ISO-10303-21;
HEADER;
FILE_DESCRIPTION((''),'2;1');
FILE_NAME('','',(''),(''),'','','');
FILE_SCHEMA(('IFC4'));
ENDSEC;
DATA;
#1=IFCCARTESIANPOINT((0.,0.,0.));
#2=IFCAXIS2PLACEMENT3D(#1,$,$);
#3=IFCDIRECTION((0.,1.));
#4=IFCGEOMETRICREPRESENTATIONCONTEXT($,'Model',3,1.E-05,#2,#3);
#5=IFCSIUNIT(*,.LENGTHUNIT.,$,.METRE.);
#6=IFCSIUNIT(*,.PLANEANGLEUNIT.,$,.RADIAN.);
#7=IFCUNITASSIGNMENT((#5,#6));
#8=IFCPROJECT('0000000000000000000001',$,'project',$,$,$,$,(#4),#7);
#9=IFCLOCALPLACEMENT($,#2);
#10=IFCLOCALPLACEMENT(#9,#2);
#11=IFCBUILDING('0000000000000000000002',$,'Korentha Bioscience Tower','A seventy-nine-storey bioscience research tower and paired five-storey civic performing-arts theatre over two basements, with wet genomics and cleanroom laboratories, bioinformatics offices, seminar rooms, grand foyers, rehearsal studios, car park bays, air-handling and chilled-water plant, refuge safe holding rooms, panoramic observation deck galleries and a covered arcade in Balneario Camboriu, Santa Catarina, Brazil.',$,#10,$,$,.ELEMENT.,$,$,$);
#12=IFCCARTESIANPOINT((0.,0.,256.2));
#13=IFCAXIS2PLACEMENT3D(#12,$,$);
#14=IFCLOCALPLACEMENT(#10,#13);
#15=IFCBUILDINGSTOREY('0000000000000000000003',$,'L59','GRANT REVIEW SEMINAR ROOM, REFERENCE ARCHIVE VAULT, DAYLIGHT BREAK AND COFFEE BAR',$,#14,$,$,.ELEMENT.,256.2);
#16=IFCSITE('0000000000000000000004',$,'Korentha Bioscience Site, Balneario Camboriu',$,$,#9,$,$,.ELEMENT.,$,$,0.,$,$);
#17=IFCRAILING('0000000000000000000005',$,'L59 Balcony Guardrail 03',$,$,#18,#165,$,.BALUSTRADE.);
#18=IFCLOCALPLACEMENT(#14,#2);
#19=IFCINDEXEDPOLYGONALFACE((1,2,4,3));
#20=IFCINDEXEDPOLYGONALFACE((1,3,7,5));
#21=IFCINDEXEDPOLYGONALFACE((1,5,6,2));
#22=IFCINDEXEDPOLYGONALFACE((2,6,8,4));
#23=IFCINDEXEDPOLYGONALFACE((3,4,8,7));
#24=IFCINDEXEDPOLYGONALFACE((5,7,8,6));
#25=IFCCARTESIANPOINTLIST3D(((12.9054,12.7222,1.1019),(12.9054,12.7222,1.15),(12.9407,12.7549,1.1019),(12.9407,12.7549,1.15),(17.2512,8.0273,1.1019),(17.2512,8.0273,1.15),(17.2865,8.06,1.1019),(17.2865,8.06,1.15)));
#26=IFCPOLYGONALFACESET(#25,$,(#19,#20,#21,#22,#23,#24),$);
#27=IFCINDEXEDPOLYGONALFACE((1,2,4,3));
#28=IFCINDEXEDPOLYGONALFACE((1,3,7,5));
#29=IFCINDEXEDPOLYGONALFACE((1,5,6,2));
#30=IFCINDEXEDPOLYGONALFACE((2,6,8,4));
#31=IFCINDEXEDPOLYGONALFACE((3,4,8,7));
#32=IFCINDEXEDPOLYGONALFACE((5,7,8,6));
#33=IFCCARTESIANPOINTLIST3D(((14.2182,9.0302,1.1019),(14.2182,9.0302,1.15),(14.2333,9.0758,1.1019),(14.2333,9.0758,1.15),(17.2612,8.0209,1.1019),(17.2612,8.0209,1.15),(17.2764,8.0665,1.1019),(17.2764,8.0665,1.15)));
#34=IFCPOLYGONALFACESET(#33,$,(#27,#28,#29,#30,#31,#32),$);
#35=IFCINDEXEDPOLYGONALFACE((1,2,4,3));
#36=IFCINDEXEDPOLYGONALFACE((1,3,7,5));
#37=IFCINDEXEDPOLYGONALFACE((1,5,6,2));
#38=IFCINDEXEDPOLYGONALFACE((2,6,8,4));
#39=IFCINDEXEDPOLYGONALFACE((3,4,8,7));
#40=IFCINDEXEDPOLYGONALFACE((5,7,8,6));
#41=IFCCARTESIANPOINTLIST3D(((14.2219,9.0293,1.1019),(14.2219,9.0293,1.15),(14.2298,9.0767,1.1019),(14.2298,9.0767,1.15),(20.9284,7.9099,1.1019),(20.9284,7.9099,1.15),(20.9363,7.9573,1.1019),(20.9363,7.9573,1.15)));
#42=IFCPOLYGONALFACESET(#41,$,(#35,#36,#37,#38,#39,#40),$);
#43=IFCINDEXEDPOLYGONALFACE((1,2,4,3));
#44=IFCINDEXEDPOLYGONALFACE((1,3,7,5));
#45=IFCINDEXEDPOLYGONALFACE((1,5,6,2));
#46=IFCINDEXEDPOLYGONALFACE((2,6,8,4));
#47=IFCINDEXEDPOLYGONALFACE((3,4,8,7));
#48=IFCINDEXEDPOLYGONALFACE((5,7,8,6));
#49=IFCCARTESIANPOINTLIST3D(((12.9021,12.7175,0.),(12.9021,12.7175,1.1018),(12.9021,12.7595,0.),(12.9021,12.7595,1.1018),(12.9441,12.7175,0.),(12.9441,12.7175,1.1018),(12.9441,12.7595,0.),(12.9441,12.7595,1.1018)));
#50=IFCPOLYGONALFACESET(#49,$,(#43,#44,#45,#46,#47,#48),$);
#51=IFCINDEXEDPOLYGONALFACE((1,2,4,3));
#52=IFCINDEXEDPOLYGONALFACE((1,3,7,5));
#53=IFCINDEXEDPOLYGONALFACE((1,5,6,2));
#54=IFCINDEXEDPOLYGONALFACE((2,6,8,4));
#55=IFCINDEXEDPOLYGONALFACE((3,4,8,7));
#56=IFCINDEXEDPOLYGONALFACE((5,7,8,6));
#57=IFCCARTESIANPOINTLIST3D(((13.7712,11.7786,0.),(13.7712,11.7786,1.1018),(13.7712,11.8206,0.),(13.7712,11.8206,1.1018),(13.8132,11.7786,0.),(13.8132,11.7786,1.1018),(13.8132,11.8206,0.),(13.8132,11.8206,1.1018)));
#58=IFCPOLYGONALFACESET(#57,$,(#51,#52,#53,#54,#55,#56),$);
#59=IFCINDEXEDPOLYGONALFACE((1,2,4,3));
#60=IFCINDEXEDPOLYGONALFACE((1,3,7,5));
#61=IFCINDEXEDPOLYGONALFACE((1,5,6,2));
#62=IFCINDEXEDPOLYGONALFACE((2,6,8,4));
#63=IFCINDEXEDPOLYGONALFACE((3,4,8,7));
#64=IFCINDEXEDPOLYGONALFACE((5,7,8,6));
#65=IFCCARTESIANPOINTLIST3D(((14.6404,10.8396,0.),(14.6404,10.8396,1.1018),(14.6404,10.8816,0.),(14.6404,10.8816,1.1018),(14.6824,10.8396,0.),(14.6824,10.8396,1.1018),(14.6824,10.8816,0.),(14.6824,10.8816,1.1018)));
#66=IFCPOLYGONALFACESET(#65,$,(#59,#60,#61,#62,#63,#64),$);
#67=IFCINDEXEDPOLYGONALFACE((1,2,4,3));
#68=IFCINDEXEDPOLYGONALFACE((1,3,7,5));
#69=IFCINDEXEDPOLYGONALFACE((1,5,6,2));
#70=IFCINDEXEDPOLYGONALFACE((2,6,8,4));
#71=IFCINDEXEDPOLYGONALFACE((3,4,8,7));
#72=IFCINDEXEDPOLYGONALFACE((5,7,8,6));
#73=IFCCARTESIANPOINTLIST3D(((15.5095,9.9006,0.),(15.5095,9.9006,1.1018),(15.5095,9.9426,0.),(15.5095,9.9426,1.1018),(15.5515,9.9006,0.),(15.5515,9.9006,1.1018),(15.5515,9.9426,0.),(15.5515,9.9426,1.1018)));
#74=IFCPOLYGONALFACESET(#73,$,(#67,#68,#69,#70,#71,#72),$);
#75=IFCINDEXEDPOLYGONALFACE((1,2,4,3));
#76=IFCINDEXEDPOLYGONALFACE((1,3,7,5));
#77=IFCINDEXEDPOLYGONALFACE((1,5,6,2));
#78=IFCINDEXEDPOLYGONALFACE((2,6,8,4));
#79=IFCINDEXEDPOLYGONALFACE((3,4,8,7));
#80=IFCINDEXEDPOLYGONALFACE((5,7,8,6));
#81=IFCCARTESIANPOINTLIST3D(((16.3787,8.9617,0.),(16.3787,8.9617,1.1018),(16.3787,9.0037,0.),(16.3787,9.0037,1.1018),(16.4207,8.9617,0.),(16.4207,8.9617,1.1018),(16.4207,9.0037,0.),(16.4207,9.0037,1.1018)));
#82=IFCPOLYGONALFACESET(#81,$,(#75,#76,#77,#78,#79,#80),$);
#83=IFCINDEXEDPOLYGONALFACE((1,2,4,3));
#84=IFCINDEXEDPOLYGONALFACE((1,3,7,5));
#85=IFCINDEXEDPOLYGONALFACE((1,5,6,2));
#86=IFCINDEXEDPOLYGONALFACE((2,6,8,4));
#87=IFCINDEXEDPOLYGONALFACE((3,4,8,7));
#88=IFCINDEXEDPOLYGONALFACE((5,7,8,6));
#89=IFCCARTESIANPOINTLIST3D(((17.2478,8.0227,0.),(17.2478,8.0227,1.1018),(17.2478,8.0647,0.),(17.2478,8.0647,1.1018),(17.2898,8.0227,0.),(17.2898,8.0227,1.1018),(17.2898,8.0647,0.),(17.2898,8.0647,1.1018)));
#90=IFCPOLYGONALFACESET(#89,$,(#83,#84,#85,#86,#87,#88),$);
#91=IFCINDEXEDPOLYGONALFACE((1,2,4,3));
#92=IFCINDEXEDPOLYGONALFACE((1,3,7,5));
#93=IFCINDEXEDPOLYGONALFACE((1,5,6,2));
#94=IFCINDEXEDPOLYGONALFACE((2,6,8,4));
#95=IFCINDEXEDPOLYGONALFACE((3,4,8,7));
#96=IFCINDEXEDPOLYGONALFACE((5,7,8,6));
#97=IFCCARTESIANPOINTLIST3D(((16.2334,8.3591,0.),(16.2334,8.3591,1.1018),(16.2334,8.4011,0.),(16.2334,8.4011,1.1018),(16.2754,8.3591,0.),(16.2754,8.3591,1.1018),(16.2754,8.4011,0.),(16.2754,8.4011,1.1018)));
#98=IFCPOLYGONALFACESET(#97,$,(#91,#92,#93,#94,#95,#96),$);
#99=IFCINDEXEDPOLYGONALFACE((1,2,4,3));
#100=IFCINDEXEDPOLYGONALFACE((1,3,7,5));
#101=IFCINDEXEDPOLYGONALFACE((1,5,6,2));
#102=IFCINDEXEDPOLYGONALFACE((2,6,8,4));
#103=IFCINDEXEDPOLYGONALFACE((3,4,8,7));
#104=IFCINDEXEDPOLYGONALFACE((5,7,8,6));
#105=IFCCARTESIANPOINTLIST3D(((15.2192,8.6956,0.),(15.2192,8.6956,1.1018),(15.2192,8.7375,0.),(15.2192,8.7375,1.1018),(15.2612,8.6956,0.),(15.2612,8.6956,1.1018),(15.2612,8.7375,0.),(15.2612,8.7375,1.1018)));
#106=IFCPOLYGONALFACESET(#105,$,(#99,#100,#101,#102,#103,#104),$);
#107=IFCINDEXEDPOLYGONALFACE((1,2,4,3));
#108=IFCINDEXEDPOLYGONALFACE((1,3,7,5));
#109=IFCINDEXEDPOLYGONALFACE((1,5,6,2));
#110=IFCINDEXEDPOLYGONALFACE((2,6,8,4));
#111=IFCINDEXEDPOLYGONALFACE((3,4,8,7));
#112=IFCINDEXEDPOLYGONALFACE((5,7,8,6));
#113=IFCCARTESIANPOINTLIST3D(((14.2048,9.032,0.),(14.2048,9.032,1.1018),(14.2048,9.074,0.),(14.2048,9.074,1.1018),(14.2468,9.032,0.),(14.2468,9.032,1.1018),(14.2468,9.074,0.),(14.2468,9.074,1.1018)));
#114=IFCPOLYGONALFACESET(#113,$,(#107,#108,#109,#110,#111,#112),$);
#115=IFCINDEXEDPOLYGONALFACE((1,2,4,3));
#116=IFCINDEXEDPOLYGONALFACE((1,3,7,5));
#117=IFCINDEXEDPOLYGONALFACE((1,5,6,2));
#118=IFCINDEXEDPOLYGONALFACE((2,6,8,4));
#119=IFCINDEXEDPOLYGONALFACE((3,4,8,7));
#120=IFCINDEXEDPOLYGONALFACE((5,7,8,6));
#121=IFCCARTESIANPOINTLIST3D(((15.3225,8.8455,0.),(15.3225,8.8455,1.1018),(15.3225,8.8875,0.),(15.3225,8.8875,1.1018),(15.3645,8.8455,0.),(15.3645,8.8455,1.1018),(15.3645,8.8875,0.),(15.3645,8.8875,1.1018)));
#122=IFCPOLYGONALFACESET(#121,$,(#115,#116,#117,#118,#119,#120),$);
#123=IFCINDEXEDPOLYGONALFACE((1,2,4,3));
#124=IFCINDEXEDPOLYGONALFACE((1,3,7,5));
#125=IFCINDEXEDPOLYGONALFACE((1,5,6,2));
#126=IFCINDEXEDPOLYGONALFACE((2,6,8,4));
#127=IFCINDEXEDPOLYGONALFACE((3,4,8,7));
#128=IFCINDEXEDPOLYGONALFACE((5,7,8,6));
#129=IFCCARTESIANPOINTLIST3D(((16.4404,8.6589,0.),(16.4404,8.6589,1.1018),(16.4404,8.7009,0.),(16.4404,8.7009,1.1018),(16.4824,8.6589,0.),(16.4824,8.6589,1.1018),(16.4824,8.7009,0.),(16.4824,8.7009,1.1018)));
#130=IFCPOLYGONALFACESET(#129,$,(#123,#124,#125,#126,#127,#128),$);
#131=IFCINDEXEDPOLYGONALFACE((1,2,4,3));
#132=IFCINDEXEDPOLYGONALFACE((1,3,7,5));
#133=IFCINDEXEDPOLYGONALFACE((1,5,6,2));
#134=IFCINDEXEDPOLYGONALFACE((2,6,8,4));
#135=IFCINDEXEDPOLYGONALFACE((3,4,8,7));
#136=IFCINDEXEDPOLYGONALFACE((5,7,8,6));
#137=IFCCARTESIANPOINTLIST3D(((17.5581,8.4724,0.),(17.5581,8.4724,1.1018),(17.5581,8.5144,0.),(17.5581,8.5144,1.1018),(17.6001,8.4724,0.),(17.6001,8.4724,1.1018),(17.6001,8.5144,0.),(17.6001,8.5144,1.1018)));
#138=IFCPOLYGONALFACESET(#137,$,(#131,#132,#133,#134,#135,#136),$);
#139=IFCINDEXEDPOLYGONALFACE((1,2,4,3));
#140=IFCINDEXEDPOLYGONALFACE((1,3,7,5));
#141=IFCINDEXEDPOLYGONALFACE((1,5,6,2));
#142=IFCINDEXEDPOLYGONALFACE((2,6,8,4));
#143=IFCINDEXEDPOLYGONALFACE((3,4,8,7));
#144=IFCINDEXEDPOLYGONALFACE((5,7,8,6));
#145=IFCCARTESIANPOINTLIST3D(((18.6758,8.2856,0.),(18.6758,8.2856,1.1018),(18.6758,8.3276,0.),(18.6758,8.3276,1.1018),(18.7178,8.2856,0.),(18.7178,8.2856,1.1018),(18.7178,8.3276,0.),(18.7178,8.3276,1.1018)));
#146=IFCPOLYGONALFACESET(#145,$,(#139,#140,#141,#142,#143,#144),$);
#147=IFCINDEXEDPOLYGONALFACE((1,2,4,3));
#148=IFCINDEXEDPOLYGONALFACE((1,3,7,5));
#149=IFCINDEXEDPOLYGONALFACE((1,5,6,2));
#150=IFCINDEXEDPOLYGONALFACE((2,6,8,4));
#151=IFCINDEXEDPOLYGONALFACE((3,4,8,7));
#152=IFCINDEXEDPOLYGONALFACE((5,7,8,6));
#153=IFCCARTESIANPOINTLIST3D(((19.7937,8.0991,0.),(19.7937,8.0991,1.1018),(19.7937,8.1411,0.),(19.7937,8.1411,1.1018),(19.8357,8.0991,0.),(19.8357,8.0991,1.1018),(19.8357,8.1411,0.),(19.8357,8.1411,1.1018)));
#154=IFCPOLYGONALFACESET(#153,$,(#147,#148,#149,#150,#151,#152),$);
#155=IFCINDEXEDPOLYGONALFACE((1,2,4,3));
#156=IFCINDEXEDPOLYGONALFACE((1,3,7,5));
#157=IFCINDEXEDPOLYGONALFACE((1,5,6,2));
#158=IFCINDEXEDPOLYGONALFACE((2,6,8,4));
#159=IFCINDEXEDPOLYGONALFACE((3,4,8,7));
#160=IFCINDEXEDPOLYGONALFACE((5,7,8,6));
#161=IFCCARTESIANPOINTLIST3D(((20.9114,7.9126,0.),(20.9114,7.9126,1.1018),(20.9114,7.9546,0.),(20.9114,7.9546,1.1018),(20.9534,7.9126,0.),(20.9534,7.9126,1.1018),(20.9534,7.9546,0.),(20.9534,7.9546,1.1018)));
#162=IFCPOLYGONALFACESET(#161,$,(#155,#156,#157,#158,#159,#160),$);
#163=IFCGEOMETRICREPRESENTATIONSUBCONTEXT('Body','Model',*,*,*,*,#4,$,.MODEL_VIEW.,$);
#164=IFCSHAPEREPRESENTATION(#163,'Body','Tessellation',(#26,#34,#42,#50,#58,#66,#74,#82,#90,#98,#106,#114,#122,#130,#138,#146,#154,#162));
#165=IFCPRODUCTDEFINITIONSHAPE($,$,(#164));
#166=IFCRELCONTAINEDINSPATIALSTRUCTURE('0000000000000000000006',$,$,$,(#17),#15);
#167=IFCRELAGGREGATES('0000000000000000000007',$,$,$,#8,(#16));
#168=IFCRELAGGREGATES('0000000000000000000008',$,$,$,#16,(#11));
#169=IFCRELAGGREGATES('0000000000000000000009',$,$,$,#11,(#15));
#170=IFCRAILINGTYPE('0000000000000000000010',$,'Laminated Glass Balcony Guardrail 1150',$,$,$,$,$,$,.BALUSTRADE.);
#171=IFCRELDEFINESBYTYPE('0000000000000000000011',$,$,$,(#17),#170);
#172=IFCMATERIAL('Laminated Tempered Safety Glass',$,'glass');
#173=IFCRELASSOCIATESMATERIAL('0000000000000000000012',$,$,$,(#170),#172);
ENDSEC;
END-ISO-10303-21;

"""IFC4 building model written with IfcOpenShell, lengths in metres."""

from ifc_helpers import new_model, si_unit, direction, frame, origin, origin_2d, place, context, subcontext, project, spatial, rectangle, extrude, material, type_object, element, save


model = new_model("IFC4")

# Units and contexts
model_context = context("Model", 3, precision=1e-05, world=origin(), true_north=direction((0.0, 1.0)))
body_context = subcontext(model_context, "Body", "Model", "MODEL_VIEW")
ifc_project = project(units=[si_unit("LENGTHUNIT", "METRE"), si_unit("PLANEANGLEUNIT", "RADIAN")], contexts=[model_context])

# Site, building, storey
site_placement = place(None, origin())
site = spatial("IfcSite", under=ifc_project, at=site_placement, Name="Korentha Bioscience Site, Balneario Camboriu", CompositionType="ELEMENT", RefElevation=0.0)
building_placement = place(site_placement, origin())
building = spatial("IfcBuilding", under=site, at=building_placement, Name="Korentha Bioscience Tower", Description="A seventy-nine-storey bioscience research tower and paired five-storey civic performing-arts theatre over two basements, with wet genomics and cleanroom laboratories, bioinformatics offices, seminar rooms, grand foyers, rehearsal studios, car park bays, air-handling and chilled-water plant, refuge safe holding rooms, panoramic observation deck galleries and a covered arcade in Balneario Camboriu, Santa Catarina, Brazil.", CompositionType="ELEMENT")
storey_placement = place(building_placement, frame((0.0, 0.0, 256.2)))
storey = spatial("IfcBuildingStorey", under=building, at=storey_placement, Name="L59", Description="GRANT REVIEW SEMINAR ROOM, REFERENCE ARCHIVE VAULT, DAYLIGHT BREAK AND COFFEE BAR", CompositionType="ELEMENT", Elevation=256.2)

# Railing
ifc_material_1 = material(Name="Laminated Tempered Safety Glass", Category="glass")
railing_type = type_object("IfcRailingType", Name="Laminated Glass Balcony Guardrail 1150", PredefinedType="BALUSTRADE", material=ifc_material_1)
railing_placement = place(storey_placement, frame((12.9231, 12.7385, 0.0)))
element("IfcRailing", 1, at=railing_placement, inside=storey, type_object=railing_type, Name="L59 Balcony Guardrail 03", PredefinedType="BALUSTRADE", context=body_context, shape_type="SweptSolid", body=[
    extrude(rectangle(XDim=0.0481, YDim=0.0481, at=origin_2d()), frame((0.0, 0.0, 1.126), z_axis=(0.679294, -0.733866, 0.0), x_axis=(0.733866, 0.679294, 0.0)), (0.0, 0.0, 1.0), 6.3975),
    extrude(rectangle(XDim=0.0481, YDim=0.0481, at=origin_2d()), frame((4.3457, -4.6948, 1.126), z_axis=(-0.949154, 0.314811, 0.0), x_axis=(-0.314811, -0.949154, 0.0)), (0.0, 0.0, 1.0), 3.2061),
    extrude(rectangle(XDim=0.0481, YDim=0.0481, at=origin_2d()), frame((1.3027, -3.6855, 1.126), z_axis=(0.986355, -0.164632, 0.0), x_axis=(0.164632, 0.986355, 0.0)), (0.0, 0.0, 1.0), 6.7993),
    extrude(rectangle(XDim=0.042, YDim=0.042, at=origin_2d()), origin(), (0.0, 0.0, 1.0), 1.1018),
    extrude(rectangle(XDim=0.042, YDim=0.042, at=origin_2d()), frame((0.8691, -0.939, 0.0)), (0.0, 0.0, 1.0), 1.1018),
    extrude(rectangle(XDim=0.042, YDim=0.042, at=origin_2d()), frame((1.7383, -1.8779, 0.0)), (0.0, 0.0, 1.0), 1.1018),
    extrude(rectangle(XDim=0.042, YDim=0.042, at=origin_2d()), frame((2.6074, -2.8169, 0.0)), (0.0, 0.0, 1.0), 1.1018),
    extrude(rectangle(XDim=0.042, YDim=0.042, at=origin_2d()), frame((3.4766, -3.7559, 0.0)), (0.0, 0.0, 1.0), 1.1018),
    extrude(rectangle(XDim=0.042, YDim=0.042, at=origin_2d()), frame((4.3457, -4.6948, 0.0)), (0.0, 0.0, 1.0), 1.1018),
    extrude(rectangle(XDim=0.042, YDim=0.042, at=origin_2d()), frame((3.3313, -4.3584, 0.0)), (0.0, 0.0, 1.0), 1.1018),
    extrude(rectangle(XDim=0.042, YDim=0.042, at=origin_2d()), frame((2.3171, -4.022, 0.0)), (0.0, 0.0, 1.0), 1.1018),
    extrude(rectangle(XDim=0.042, YDim=0.042, at=origin_2d()), frame((1.3027, -3.6855, 0.0)), (0.0, 0.0, 1.0), 1.1018),
    extrude(rectangle(XDim=0.042, YDim=0.042, at=origin_2d()), frame((2.4204, -3.8721, 0.0)), (0.0, 0.0, 1.0), 1.1018),
    extrude(rectangle(XDim=0.042, YDim=0.042, at=origin_2d()), frame((3.5383, -4.0586, 0.0)), (0.0, 0.0, 1.0), 1.1018),
    extrude(rectangle(XDim=0.042, YDim=0.042, at=origin_2d()), frame((4.656, -4.2451, 0.0)), (0.0, 0.0, 1.0), 1.1018),
    extrude(rectangle(XDim=0.042, YDim=0.042, at=origin_2d()), frame((5.7737, -4.4319, 0.0)), (0.0, 0.0, 1.0), 1.1018),
    extrude(rectangle(XDim=0.042, YDim=0.042, at=origin_2d()), frame((6.8916, -4.6184, 0.0)), (0.0, 0.0, 1.0), 1.1018),
    extrude(rectangle(XDim=0.042, YDim=0.042, at=origin_2d()), frame((8.0093, -4.8049, 0.0)), (0.0, 0.0, 1.0), 1.1018),
])

save(model, "model.ifc")
